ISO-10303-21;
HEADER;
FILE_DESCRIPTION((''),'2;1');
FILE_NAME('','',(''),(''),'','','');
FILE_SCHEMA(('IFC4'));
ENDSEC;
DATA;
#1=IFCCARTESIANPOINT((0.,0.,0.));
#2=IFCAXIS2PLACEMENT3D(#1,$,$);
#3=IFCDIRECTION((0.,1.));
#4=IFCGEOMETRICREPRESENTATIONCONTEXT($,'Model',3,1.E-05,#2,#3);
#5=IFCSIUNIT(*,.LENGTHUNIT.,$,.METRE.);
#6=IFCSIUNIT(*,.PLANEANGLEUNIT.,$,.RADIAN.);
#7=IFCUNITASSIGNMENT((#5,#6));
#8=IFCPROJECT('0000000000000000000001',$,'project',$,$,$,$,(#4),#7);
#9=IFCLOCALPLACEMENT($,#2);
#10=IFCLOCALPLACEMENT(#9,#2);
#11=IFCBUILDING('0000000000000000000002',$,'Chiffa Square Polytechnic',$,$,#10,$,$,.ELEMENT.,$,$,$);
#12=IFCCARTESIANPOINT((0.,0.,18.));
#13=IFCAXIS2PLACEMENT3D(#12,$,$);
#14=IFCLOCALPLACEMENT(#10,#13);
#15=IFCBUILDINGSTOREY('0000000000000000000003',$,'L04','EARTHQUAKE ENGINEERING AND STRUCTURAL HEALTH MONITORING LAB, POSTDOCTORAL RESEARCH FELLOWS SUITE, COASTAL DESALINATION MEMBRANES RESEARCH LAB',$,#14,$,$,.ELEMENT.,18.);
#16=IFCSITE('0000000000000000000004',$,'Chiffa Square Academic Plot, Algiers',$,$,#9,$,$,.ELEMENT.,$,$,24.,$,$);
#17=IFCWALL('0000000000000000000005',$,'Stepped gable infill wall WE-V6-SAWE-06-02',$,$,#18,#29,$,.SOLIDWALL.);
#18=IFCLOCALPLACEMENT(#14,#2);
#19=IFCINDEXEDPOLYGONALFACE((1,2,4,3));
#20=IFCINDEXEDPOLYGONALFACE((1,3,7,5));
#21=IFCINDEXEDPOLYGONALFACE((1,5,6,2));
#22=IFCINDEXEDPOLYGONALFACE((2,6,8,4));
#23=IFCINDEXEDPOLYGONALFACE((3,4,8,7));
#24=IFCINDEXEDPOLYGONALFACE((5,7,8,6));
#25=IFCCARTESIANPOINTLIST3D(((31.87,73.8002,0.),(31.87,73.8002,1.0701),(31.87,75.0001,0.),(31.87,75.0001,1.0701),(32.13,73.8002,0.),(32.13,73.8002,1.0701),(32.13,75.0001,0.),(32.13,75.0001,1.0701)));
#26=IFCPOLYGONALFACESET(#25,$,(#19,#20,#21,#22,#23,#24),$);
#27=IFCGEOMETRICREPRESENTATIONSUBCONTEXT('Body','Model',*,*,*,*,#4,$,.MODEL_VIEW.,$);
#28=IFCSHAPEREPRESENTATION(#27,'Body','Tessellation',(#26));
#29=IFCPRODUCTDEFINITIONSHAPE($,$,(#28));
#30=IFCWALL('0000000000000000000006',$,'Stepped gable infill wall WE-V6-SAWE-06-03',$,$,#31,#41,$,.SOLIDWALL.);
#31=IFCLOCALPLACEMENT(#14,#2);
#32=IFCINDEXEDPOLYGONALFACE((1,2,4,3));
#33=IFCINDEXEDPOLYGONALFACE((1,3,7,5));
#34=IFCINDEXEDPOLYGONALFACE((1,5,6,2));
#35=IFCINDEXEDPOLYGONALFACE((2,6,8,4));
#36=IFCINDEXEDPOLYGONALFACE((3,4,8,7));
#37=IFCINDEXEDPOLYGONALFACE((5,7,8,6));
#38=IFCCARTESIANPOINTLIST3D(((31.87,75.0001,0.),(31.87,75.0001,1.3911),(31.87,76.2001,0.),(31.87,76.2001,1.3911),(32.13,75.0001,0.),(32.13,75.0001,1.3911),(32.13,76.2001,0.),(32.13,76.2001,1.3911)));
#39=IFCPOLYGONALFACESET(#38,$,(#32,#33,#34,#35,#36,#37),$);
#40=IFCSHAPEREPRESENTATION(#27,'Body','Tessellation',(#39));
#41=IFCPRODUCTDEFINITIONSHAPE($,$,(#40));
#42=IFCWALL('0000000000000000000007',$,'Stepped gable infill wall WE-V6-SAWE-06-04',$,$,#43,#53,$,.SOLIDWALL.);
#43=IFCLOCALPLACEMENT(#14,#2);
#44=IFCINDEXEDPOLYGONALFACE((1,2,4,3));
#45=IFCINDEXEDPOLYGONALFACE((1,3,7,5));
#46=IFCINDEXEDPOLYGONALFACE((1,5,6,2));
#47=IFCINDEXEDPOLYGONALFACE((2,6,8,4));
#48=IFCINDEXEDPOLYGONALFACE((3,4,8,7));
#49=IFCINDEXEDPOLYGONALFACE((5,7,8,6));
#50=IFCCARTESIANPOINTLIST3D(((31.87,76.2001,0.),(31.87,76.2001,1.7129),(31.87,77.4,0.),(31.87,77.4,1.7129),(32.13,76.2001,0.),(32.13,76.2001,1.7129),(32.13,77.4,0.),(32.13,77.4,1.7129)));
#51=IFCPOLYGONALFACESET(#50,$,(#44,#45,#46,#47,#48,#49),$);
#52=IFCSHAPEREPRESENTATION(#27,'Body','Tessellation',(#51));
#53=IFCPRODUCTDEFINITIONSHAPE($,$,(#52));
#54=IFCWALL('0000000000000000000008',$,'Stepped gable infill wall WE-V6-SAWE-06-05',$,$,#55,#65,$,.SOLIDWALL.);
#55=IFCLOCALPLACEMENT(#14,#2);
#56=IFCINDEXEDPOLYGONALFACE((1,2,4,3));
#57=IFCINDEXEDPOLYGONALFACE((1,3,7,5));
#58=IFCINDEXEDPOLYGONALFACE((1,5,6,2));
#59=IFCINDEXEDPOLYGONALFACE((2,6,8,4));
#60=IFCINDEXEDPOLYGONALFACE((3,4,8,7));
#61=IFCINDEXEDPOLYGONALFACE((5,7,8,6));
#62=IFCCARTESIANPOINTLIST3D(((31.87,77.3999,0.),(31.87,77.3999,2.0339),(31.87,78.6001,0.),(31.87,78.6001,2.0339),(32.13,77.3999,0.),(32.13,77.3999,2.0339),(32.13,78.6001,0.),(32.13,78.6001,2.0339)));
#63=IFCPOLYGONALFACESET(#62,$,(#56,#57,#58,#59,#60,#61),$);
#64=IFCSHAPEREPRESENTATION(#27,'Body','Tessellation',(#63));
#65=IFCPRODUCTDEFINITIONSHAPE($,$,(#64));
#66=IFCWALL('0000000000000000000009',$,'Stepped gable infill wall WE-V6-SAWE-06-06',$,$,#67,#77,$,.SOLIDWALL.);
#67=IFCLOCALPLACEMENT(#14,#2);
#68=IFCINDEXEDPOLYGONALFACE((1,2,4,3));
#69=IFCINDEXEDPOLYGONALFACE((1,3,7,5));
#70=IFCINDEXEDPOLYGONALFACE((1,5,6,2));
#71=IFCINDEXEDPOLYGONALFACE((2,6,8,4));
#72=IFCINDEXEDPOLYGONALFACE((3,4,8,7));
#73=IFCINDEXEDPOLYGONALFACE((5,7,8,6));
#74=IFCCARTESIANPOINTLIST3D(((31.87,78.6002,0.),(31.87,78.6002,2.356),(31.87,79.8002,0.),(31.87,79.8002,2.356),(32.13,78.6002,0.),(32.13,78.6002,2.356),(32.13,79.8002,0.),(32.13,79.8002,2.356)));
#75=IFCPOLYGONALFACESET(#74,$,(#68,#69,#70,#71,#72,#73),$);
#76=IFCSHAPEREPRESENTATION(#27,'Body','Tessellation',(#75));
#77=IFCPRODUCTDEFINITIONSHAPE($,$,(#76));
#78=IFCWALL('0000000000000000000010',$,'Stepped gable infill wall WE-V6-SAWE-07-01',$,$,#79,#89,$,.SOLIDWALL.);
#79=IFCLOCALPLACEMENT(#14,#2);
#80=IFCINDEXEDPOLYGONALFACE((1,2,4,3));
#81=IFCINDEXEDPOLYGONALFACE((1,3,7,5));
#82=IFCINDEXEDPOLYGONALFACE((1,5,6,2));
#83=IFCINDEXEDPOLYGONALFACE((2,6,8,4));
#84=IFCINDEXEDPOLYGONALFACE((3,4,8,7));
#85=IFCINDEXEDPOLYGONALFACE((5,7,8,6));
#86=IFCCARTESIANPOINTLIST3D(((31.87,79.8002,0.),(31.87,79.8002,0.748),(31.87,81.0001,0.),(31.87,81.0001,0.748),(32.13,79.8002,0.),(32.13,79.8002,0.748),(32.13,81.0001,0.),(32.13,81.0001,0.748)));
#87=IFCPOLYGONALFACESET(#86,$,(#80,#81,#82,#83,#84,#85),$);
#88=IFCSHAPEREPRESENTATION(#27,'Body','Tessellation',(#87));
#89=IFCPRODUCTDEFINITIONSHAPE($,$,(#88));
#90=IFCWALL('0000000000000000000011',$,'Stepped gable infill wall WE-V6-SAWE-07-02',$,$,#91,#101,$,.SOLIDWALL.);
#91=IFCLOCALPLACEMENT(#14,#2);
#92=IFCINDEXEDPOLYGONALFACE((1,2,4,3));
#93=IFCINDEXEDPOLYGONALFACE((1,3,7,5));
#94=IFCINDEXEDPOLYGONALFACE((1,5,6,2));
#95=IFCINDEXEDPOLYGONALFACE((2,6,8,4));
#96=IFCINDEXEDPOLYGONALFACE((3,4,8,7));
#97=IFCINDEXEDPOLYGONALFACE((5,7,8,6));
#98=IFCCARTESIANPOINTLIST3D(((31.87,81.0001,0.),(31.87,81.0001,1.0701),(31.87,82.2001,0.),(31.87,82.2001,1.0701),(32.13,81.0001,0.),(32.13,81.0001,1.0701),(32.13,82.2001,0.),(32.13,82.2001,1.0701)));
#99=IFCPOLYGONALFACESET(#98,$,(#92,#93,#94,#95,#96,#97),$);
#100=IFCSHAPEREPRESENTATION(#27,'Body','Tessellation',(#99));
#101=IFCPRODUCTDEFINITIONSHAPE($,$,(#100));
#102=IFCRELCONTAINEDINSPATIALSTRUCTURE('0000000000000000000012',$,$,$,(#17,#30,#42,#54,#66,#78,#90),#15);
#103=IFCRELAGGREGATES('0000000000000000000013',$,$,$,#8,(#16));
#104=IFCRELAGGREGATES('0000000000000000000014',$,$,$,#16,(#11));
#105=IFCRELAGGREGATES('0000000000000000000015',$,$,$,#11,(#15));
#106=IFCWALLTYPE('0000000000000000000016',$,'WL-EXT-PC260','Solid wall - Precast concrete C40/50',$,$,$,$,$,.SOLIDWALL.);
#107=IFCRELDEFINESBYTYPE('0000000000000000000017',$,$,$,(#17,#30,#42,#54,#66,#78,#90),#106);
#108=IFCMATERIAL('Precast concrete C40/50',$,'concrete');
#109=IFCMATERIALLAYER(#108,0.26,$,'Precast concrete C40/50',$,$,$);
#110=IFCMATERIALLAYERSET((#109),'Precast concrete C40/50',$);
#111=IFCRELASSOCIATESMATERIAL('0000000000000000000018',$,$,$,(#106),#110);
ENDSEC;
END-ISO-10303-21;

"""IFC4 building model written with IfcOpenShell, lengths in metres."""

from ifc_helpers import new_model, si_unit, direction, frame, frame_2d, origin, place, context, subcontext, project, spatial, rectangle, extrude, material, layer, layer_set, type_object, element, save


model = new_model("IFC4")

# Units and contexts
model_context = context("Model", 3, precision=1e-05, world=origin(), true_north=direction((0.0, 1.0)))
body_context = subcontext(model_context, "Body", "Model", "MODEL_VIEW")
ifc_project = project(units=[si_unit("LENGTHUNIT", "METRE"), si_unit("PLANEANGLEUNIT", "RADIAN")], contexts=[model_context])

# Site, building, storey
site_placement = place(None, origin())
site = spatial("IfcSite", under=ifc_project, at=site_placement, Name="Chiffa Square Academic Plot, Algiers", CompositionType="ELEMENT", RefElevation=24.0)
building_placement = place(site_placement, origin())
building = spatial("IfcBuilding", under=site, at=building_placement, Name="Chiffa Square Polytechnic", CompositionType="ELEMENT")
storey_placement = place(building_placement, frame((0.0, 0.0, 18.0)))
storey = spatial("IfcBuildingStorey", under=building, at=storey_placement, Name="L04", Description="EARTHQUAKE ENGINEERING AND STRUCTURAL HEALTH MONITORING LAB, POSTDOCTORAL RESEARCH FELLOWS SUITE, COASTAL DESALINATION MEMBRANES RESEARCH LAB", CompositionType="ELEMENT", Elevation=18.0)

# Walls
ifc_material_1 = material(Name="Precast concrete C40/50", Category="concrete")
ifc_layer_1 = layer(ifc_material_1, 0.26, Name="Precast concrete C40/50")
ifc_layer_set_1 = layer_set([ifc_layer_1], Name="Precast concrete C40/50")
wall_type = type_object("IfcWallType", Name="WL-EXT-PC260", Description="Solid wall - Precast concrete C40/50", PredefinedType="SOLIDWALL", material=ifc_layer_set_1)
wall_1_placement = place(storey_placement, frame((32.0, 73.8, 0.0), z_axis=(0.0, 0.0, 1.0), x_axis=(0.0, 1.0, 0.0)))
element("IfcWall", 1, at=wall_1_placement, inside=storey, type_object=wall_type, Name="Stepped gable infill wall WE-V6-SAWE-06-02", PredefinedType="SOLIDWALL", context=body_context, shape_type="SweptSolid", body=[
    extrude(rectangle(XDim=1.2, YDim=0.26, at=frame_2d((0.6001, 0.0))), origin(), (0.0, 0.0, 1.0), 1.0701),
])
wall_2_placement = place(storey_placement, frame((32.0, 75.0, 0.0), z_axis=(0.0, 0.0, 1.0), x_axis=(0.0, 1.0, 0.0)))
element("IfcWall", 2, at=wall_2_placement, inside=storey, type_object=wall_type, Name="Stepped gable infill wall WE-V6-SAWE-06-03", PredefinedType="SOLIDWALL", context=body_context, shape_type="SweptSolid", body=[
    extrude(rectangle(XDim=1.2, YDim=0.26, at=frame_2d((0.6001, 0.0))), origin(), (0.0, 0.0, 1.0), 1.3911),
])
wall_3_placement = place(storey_placement, frame((32.0, 76.2, 0.0), z_axis=(0.0, 0.0, 1.0), x_axis=(0.0, 1.0, 0.0)))
element("IfcWall", 3, at=wall_3_placement, inside=storey, type_object=wall_type, Name="Stepped gable infill wall WE-V6-SAWE-06-04", PredefinedType="SOLIDWALL", context=body_context, shape_type="SweptSolid", body=[
    extrude(rectangle(XDim=1.2, YDim=0.26, at=frame_2d((0.6001, 0.0))), origin(), (0.0, 0.0, 1.0), 1.7129),
])
wall_4_placement = place(storey_placement, frame((32.0, 77.3999, 0.0), z_axis=(0.0, 0.0, 1.0), x_axis=(0.0, 1.0, 0.0)))
element("IfcWall", 4, at=wall_4_placement, inside=storey, type_object=wall_type, Name="Stepped gable infill wall WE-V6-SAWE-06-05", PredefinedType="SOLIDWALL", context=body_context, shape_type="SweptSolid", body=[
    extrude(rectangle(XDim=1.2002, YDim=0.26, at=frame_2d((0.6001, 0.0))), origin(), (0.0, 0.0, 1.0), 2.0339),
])
wall_5_placement = place(storey_placement, frame((32.0, 78.6001, 0.0), z_axis=(0.0, 0.0, 1.0), x_axis=(0.0, 1.0, 0.0)))
element("IfcWall", 5, at=wall_5_placement, inside=storey, type_object=wall_type, Name="Stepped gable infill wall WE-V6-SAWE-06-06", PredefinedType="SOLIDWALL", context=body_context, shape_type="SweptSolid", body=[
    extrude(rectangle(XDim=1.2, YDim=0.26, at=frame_2d((0.6001, 0.0))), origin(), (0.0, 0.0, 1.0), 2.356),
])
wall_6_placement = place(storey_placement, frame((32.0, 79.8, 0.0), z_axis=(0.0, 0.0, 1.0), x_axis=(0.0, 1.0, 0.0)))
element("IfcWall", 6, at=wall_6_placement, inside=storey, type_object=wall_type, Name="Stepped gable infill wall WE-V6-SAWE-07-01", PredefinedType="SOLIDWALL", context=body_context, shape_type="SweptSolid", body=[
    extrude(rectangle(XDim=1.2, YDim=0.26, at=frame_2d((0.6001, 0.0))), origin(), (0.0, 0.0, 1.0), 0.748),
])
wall_7_placement = place(storey_placement, frame((32.0, 81.0, 0.0), z_axis=(0.0, 0.0, 1.0), x_axis=(0.0, 1.0, 0.0)))
element("IfcWall", 7, at=wall_7_placement, inside=storey, type_object=wall_type, Name="Stepped gable infill wall WE-V6-SAWE-07-02", PredefinedType="SOLIDWALL", context=body_context, shape_type="SweptSolid", body=[
    extrude(rectangle(XDim=1.2, YDim=0.26, at=frame_2d((0.6001, 0.0))), origin(), (0.0, 0.0, 1.0), 1.0701),
])

save(model, "model.ifc")
